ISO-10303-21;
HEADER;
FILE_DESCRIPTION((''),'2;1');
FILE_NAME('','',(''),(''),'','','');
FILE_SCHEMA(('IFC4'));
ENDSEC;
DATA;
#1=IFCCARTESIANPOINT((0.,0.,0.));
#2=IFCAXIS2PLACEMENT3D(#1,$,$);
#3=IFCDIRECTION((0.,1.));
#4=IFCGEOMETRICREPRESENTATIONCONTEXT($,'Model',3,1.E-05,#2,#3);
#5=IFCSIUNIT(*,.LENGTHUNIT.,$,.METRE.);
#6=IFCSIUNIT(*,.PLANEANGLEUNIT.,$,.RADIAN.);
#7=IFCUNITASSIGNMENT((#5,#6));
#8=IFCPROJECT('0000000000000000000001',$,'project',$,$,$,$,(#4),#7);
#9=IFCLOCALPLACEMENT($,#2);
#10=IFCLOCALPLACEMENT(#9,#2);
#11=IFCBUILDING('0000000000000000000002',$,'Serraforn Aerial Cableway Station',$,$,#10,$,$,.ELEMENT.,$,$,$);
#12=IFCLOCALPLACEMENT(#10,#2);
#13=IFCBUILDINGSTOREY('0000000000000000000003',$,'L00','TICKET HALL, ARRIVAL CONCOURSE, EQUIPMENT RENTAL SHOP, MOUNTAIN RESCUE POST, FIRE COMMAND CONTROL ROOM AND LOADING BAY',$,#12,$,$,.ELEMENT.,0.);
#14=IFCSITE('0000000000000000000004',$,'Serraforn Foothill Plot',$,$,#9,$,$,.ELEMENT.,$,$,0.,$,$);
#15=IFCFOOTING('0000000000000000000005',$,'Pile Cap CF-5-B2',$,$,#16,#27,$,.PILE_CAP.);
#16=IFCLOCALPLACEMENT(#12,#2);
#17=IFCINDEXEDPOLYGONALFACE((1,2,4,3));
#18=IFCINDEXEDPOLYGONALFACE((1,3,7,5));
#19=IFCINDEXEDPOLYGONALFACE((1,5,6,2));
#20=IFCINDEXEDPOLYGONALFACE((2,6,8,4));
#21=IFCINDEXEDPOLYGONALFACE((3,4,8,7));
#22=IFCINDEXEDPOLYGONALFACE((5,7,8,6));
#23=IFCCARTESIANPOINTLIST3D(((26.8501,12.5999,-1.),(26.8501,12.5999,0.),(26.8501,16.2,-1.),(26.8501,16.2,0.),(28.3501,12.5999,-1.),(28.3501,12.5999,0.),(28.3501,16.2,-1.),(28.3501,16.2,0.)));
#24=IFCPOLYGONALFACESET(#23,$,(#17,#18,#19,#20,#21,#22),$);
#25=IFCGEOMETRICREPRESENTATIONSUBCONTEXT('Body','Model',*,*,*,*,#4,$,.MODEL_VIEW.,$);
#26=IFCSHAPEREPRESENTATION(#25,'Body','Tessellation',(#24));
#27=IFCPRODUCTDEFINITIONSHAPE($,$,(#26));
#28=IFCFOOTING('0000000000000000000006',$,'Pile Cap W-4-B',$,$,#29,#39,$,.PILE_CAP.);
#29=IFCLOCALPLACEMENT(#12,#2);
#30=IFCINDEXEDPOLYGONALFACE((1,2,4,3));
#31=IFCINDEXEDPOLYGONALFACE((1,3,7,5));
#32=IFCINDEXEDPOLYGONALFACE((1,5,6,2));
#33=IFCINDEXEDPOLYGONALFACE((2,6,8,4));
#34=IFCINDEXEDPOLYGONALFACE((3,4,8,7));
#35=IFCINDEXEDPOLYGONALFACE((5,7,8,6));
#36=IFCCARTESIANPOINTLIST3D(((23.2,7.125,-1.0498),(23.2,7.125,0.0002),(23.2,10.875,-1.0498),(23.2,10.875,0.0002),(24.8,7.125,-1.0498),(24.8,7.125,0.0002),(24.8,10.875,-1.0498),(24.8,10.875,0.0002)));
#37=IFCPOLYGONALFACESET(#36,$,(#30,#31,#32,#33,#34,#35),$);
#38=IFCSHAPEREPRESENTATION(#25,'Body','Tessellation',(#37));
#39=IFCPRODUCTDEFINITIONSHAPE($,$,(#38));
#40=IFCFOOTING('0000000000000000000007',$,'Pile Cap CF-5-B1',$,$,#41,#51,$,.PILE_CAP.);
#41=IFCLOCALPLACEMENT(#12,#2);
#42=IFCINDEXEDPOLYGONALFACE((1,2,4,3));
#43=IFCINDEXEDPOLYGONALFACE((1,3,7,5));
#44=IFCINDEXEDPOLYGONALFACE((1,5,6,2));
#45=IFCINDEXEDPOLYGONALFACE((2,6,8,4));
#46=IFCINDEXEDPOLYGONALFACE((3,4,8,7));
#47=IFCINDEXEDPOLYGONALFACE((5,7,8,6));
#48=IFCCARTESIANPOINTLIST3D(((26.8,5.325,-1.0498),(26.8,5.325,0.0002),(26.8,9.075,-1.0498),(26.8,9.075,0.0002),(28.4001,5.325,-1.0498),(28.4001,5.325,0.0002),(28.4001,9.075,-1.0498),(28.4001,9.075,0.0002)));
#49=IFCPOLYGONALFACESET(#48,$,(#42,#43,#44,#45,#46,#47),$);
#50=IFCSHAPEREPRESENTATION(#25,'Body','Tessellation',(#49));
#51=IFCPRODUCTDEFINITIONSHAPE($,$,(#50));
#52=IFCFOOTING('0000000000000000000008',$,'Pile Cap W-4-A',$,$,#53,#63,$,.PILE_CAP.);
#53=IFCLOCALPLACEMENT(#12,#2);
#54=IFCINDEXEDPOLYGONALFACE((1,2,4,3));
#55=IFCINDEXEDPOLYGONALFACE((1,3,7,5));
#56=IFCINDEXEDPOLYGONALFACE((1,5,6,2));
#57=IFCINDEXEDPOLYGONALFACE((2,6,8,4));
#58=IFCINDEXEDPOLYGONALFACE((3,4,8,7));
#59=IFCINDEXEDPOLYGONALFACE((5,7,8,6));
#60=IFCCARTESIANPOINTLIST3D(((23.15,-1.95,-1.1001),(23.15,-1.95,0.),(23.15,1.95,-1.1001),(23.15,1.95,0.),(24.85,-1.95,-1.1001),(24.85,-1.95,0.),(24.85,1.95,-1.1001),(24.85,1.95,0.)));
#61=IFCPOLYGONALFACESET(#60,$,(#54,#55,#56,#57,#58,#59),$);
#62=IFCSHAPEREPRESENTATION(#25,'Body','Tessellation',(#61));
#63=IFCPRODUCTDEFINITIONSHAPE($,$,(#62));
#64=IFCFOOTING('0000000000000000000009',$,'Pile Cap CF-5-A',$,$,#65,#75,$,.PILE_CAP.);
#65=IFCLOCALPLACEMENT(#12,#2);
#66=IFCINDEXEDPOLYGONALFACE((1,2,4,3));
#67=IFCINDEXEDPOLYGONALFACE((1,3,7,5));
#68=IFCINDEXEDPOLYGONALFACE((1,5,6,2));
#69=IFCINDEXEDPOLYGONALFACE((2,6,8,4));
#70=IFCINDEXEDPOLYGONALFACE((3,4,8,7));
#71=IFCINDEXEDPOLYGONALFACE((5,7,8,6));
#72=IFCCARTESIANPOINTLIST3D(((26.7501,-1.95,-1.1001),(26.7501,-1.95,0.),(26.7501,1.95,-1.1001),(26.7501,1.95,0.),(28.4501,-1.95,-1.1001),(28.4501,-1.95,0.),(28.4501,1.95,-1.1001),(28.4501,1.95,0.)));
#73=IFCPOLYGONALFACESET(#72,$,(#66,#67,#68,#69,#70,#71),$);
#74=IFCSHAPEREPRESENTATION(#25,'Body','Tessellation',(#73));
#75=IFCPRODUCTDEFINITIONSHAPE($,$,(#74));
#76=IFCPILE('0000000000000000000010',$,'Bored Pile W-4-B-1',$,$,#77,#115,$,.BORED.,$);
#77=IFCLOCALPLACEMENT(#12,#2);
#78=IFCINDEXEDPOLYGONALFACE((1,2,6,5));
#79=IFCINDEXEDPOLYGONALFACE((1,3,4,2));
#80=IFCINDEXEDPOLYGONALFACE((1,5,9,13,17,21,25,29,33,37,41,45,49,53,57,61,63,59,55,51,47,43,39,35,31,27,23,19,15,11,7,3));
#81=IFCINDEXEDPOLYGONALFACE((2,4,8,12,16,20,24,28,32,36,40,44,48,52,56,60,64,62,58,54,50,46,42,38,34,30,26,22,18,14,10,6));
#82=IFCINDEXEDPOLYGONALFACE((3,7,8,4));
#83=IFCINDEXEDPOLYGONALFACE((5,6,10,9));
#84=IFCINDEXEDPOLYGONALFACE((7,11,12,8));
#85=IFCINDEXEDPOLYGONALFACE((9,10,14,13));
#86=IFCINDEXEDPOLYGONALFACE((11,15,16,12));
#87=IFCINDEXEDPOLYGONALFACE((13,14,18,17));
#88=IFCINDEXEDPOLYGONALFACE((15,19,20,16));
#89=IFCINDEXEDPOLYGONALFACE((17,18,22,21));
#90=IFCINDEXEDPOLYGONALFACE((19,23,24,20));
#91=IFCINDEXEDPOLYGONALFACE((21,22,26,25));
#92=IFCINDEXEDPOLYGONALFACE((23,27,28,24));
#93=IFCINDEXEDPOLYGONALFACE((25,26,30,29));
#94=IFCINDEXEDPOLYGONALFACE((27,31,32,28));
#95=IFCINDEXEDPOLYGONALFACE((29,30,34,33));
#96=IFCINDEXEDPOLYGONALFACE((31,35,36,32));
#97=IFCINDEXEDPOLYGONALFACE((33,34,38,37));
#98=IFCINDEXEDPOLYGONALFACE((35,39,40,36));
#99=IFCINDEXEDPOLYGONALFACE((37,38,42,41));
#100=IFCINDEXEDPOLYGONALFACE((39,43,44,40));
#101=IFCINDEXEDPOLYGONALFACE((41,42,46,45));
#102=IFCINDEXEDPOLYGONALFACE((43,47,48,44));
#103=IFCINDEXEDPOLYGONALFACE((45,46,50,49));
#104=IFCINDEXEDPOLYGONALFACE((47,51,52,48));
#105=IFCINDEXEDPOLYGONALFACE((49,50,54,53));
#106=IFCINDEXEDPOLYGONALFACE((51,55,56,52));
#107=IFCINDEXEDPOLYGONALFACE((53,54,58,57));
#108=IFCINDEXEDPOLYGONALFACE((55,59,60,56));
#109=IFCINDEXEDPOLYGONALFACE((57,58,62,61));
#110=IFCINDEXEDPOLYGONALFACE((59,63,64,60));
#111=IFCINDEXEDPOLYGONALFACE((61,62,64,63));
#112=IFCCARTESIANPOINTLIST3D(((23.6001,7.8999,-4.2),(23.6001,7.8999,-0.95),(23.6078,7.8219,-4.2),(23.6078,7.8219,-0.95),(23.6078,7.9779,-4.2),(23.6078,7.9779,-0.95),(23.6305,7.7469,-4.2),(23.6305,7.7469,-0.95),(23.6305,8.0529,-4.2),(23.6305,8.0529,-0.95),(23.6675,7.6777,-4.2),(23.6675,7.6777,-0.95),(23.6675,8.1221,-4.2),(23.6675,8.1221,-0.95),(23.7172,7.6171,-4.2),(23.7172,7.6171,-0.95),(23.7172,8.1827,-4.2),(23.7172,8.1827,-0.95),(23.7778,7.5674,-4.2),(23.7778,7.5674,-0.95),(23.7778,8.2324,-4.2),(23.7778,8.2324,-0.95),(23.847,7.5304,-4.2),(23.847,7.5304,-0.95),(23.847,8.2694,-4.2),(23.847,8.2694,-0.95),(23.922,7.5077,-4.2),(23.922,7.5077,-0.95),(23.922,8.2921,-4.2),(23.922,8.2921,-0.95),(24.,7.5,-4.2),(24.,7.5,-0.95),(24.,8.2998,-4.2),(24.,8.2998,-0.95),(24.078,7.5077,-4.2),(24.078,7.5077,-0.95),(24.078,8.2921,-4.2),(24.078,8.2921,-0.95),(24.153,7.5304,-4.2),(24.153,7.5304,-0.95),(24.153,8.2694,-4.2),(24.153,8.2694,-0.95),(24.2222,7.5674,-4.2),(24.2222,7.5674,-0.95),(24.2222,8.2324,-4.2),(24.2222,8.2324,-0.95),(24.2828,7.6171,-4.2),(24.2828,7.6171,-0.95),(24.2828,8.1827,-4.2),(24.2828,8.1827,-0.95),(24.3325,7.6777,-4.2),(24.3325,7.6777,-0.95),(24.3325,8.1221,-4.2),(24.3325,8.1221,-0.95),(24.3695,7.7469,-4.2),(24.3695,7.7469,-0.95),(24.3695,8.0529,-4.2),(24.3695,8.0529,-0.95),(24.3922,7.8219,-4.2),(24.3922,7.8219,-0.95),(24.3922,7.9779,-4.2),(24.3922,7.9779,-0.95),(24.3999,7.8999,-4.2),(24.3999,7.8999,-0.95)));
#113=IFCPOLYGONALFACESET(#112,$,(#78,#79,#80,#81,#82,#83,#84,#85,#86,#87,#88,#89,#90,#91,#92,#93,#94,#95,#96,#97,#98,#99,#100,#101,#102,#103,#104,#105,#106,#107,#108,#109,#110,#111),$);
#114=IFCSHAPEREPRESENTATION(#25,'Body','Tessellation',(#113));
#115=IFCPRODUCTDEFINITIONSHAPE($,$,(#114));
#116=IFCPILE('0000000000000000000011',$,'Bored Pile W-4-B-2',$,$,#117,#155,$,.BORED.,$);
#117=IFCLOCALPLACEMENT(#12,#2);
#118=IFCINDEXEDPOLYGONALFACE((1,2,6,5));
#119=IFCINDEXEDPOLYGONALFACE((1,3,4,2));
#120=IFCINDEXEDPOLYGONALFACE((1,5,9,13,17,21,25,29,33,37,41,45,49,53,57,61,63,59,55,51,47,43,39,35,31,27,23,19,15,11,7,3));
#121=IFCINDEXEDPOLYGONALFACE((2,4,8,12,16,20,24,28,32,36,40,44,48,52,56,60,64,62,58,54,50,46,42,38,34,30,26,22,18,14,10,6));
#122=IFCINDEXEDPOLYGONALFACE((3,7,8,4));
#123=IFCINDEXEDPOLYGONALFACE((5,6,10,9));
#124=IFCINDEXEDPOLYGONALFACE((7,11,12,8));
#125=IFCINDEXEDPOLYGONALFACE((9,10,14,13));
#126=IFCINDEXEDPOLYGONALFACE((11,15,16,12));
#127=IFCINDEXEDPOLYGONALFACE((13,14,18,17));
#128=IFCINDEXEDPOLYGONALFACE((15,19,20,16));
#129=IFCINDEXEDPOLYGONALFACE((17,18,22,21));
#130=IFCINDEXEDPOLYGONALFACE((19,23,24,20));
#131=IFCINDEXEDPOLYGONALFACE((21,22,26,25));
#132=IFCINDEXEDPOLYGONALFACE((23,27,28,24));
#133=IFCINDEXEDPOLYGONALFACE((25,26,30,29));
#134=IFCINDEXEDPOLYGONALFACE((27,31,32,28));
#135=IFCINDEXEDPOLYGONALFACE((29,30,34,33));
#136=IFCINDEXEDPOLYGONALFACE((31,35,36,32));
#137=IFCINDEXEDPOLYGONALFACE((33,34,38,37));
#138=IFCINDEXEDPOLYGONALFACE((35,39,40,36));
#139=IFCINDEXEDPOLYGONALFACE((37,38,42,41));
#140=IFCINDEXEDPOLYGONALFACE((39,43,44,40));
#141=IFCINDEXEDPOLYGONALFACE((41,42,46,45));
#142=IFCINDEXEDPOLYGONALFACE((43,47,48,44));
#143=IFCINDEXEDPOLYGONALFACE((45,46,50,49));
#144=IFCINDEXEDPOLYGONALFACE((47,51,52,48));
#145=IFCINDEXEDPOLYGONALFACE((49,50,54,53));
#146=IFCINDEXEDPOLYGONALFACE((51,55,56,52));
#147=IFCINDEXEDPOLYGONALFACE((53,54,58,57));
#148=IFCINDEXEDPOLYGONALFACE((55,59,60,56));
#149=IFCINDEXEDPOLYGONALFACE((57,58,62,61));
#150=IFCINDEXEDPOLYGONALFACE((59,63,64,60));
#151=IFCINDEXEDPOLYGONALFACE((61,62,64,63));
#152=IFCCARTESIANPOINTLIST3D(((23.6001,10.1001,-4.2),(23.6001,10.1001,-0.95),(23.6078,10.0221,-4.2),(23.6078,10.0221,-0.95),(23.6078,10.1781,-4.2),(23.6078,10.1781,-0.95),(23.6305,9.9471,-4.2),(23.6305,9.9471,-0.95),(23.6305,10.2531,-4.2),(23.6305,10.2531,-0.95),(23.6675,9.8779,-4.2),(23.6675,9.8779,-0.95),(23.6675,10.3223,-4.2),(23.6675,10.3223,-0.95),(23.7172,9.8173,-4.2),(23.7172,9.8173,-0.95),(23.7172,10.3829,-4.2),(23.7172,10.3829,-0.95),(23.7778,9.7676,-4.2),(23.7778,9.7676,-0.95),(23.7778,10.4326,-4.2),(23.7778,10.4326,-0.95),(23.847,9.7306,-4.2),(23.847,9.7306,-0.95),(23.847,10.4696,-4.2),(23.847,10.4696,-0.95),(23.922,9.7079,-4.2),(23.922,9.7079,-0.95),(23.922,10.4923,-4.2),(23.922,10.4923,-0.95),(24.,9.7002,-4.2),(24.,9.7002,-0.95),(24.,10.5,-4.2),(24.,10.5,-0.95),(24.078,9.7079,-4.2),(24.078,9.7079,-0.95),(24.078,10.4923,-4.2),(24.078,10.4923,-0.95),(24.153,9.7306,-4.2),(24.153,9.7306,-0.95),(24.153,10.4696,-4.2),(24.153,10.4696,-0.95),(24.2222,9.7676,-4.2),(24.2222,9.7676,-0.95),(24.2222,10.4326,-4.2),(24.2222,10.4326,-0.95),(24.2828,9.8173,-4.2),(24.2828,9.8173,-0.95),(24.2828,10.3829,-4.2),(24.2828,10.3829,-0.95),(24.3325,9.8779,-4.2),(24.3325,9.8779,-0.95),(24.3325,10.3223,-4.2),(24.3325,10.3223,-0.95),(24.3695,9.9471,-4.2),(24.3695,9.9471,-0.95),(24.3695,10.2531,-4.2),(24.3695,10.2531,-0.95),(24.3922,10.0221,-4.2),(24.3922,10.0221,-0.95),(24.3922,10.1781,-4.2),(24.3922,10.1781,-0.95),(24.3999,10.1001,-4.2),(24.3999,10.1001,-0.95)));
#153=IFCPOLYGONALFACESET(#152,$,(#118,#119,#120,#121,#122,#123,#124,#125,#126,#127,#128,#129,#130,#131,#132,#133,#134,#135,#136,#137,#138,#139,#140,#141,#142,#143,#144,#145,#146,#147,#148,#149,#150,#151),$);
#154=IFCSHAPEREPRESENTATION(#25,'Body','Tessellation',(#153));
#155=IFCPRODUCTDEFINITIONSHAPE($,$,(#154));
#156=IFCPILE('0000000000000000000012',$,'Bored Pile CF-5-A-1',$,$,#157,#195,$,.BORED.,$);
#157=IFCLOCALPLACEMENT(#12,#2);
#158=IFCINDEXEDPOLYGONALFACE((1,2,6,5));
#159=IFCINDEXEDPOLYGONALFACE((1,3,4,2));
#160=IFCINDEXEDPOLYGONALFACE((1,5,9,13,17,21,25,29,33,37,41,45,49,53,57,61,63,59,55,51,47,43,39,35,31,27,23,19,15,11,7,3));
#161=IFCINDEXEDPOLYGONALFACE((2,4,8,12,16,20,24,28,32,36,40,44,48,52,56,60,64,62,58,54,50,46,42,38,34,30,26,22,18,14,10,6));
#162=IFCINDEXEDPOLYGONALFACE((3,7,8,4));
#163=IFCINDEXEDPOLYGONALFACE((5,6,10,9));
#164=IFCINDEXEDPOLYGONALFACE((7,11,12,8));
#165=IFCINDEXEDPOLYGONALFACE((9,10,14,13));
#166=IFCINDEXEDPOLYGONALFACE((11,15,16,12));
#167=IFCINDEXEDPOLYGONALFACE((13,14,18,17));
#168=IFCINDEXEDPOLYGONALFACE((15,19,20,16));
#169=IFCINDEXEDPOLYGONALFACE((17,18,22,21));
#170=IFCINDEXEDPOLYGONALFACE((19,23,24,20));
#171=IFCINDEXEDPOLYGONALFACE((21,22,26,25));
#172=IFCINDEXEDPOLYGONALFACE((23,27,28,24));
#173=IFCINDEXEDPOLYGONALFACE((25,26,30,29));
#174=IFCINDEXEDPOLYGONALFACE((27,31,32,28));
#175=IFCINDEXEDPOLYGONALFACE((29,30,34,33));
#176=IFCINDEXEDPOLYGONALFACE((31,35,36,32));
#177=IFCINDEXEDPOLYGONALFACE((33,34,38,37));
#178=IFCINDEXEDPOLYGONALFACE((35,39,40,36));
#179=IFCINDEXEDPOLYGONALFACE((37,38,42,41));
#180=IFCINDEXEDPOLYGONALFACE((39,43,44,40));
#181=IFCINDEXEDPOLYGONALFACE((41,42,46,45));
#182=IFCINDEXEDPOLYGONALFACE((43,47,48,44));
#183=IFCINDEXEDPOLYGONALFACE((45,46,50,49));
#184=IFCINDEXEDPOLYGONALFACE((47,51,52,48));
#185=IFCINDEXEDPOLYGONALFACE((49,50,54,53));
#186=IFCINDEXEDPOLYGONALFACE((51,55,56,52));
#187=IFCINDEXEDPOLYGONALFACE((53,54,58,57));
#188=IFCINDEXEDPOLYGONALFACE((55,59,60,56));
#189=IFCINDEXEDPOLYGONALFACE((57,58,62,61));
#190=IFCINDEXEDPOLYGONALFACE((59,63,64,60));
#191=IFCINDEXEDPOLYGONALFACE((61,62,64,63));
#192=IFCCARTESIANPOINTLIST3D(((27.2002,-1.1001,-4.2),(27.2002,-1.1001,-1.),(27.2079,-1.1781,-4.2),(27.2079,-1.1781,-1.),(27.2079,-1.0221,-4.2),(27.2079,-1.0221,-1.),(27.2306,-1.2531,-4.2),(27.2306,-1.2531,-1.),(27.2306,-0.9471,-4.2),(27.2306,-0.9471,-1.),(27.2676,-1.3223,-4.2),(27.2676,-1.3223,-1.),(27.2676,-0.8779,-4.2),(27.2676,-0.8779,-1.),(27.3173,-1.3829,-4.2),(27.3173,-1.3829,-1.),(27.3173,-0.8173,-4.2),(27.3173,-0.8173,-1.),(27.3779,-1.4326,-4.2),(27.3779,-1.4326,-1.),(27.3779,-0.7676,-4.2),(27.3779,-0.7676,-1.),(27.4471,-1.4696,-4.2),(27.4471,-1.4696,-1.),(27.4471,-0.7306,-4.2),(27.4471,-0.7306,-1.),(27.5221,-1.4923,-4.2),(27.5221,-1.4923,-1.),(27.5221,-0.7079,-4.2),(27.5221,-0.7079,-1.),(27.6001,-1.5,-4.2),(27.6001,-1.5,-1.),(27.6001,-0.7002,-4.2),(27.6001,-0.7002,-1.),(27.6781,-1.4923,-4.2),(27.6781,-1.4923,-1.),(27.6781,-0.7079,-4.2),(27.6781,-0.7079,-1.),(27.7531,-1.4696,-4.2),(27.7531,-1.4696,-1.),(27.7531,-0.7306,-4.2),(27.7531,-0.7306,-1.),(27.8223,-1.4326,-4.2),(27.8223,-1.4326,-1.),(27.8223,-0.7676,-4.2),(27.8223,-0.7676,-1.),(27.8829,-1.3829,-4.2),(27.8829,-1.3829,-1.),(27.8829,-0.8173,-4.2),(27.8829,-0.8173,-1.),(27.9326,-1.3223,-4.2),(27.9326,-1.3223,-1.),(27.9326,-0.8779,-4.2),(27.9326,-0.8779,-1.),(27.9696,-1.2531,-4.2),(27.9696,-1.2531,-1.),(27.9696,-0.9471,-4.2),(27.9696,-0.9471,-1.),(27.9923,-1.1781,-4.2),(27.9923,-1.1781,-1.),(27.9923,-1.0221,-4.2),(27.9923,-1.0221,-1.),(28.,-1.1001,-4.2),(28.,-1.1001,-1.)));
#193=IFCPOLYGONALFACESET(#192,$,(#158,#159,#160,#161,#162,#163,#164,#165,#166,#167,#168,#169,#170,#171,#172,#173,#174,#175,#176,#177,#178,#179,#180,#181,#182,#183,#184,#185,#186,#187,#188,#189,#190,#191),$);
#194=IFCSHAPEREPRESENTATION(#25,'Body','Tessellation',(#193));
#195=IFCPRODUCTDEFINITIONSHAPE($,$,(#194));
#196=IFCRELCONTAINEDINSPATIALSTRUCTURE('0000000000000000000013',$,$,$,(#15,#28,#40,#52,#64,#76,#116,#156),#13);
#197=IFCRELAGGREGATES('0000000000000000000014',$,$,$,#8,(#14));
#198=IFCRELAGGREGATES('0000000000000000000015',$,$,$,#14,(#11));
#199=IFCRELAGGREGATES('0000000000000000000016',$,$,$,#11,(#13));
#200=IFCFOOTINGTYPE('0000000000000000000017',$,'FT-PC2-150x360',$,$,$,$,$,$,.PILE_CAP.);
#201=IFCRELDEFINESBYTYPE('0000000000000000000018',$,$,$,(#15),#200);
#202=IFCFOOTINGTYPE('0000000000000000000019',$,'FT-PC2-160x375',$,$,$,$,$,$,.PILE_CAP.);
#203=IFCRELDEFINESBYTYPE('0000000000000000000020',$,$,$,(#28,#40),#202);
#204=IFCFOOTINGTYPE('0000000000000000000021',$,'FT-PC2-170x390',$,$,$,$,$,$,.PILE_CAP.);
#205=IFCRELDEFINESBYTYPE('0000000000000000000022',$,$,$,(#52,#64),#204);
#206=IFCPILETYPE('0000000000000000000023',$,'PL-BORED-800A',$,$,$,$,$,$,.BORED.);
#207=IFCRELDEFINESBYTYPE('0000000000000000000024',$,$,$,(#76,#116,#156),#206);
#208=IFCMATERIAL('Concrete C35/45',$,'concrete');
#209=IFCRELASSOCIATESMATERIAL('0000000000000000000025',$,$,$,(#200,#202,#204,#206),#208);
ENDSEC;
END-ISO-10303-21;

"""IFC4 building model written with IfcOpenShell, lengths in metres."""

from ifc_helpers import new_model, si_unit, direction, frame, origin, origin_2d, place, context, subcontext, project, spatial, rectangle, circle, extrude, material, material_profile, profile_set, type_object, element, save


model = new_model("IFC4")

# Units and contexts
model_context = context("Model", 3, precision=1e-05, world=origin(), true_north=direction((0.0, 1.0)))
body_context = subcontext(model_context, "Body", "Model", "MODEL_VIEW")
ifc_project = project(units=[si_unit("LENGTHUNIT", "METRE"), si_unit("PLANEANGLEUNIT", "RADIAN")], contexts=[model_context])

# Site, building, storey
site_placement = place(None, origin())
site = spatial("IfcSite", under=ifc_project, at=site_placement, Name="Serraforn Foothill Plot", CompositionType="ELEMENT", RefElevation=0.0)
building_placement = place(site_placement, origin())
building = spatial("IfcBuilding", under=site, at=building_placement, Name="Serraforn Aerial Cableway Station", CompositionType="ELEMENT")
storey_placement = place(building_placement, origin())
storey = spatial("IfcBuildingStorey", under=building, at=storey_placement, Name="L00", Description="TICKET HALL, ARRIVAL CONCOURSE, EQUIPMENT RENTAL SHOP, MOUNTAIN RESCUE POST, FIRE COMMAND CONTROL ROOM AND LOADING BAY", CompositionType="ELEMENT", Elevation=0.0)

# Footings
ifc_material_1 = material(Name="Concrete C35/45", Category="concrete")
footing_type_1 = type_object("IfcFootingType", Name="FT-PC2-150x360", PredefinedType="PILE_CAP", material=ifc_material_1)
footing_placement = place(storey_placement, frame((27.6001, 14.3999, -1.0), z_axis=(0.0, 0.0, 1.0), x_axis=(1.0, 0.0, 0.0)))
element("IfcFooting", 1, at=footing_placement, inside=storey, type_object=footing_type_1, Name="Pile Cap CF-5-B2", PredefinedType="PILE_CAP", context=body_context, shape_type="SweptSolid", body=[
    extrude(rectangle(XDim=1.5, YDim=3.6001, at=origin_2d()), origin(), (0.0, 0.0, 1.0), 1.0),
])
footing_type_2 = type_object("IfcFootingType", Name="FT-PC2-160x375", PredefinedType="PILE_CAP", material=ifc_material_1)
for number, where, z_axis, x_axis, name in (
    (2, (24.0, 9.0, -1.0498), (0.0, 0.0, 1.0), (1.0, 0.0, 0.0), "Pile Cap W-4-B"),
    (3, (27.6001, 7.2, -1.0498), (0.0, 0.0, 1.0), (1.0, 0.0, 0.0), "Pile Cap CF-5-B1"),
):
    element("IfcFooting", number, at=place(storey_placement, frame(where, z_axis=z_axis, x_axis=x_axis)), inside=storey, type_object=footing_type_2, Name=name, PredefinedType="PILE_CAP", context=body_context, shape_type="SweptSolid", body=[
        extrude(rectangle(XDim=1.6001, YDim=3.75, at=origin_2d()), origin(), (0.0, 0.0, 1.0), 1.05),
    ])
footing_type_3 = type_object("IfcFootingType", Name="FT-PC2-170x390", PredefinedType="PILE_CAP", material=ifc_material_1)
for number, where, z_axis, x_axis, name in (
    (4, (24.0, 0.0, -1.1001), (0.0, 0.0, 1.0), (1.0, 0.0, 0.0), "Pile Cap W-4-A"),
    (5, (27.6001, 0.0, -1.1001), (0.0, 0.0, 1.0), (1.0, 0.0, 0.0), "Pile Cap CF-5-A"),
):
    element("IfcFooting", number, at=place(storey_placement, frame(where, z_axis=z_axis, x_axis=x_axis)), inside=storey, type_object=footing_type_3, Name=name, PredefinedType="PILE_CAP", context=body_context, shape_type="SweptSolid", body=[
        extrude(rectangle(XDim=1.7, YDim=3.8999, at=origin_2d()), origin(), (0.0, 0.0, 1.0), 1.1001),
    ])

# Piles
ifc_material_profile_1 = material_profile(ifc_material_1, circle(Radius=0.3999, at=origin_2d()), Name="BORED PILE D800")
ifc_profile_set_1 = profile_set([ifc_material_profile_1], Name="Concrete C35/45")
pile_type_1 = type_object("IfcPileType", Name="PL-BORED-800A", PredefinedType="BORED", material=ifc_profile_set_1)
for number, where, z_axis, x_axis, name in (
    (6, (24.0, 7.8999, -0.95), (0.0, 0.0, -1.0), (1.0, 0.0, 0.0), "Bored Pile W-4-B-1"),
    (7, (24.0, 10.1001, -0.95), (0.0, 0.0, -1.0), (1.0, 0.0, 0.0), "Bored Pile W-4-B-2"),
):
    element("IfcPile", number, at=place(storey_placement, frame(where, z_axis=z_axis, x_axis=x_axis)), inside=storey, type_object=pile_type_1, Name=name, PredefinedType="BORED", context=body_context, shape_type="SweptSolid", body=[
        extrude(circle(Radius=0.3999, at=origin_2d()), origin(), (0.0, 0.0, 1.0), 3.25),
    ])
for number, where, z_axis, x_axis, name in (
    (8, (27.6001, -1.1001, -1.0), (0.0, 0.0, -1.0), (1.0, 0.0, 0.0), "Bored Pile CF-5-A-1"),
):
    element("IfcPile", number, at=place(storey_placement, frame(where, z_axis=z_axis, x_axis=x_axis)), inside=storey, type_object=pile_type_1, Name=name, PredefinedType="BORED", context=body_context, shape_type="SweptSolid", body=[
        extrude(circle(Radius=0.3999, at=origin_2d()), origin(), (0.0, 0.0, 1.0), 3.2),
    ])

save(model, "model.ifc")
